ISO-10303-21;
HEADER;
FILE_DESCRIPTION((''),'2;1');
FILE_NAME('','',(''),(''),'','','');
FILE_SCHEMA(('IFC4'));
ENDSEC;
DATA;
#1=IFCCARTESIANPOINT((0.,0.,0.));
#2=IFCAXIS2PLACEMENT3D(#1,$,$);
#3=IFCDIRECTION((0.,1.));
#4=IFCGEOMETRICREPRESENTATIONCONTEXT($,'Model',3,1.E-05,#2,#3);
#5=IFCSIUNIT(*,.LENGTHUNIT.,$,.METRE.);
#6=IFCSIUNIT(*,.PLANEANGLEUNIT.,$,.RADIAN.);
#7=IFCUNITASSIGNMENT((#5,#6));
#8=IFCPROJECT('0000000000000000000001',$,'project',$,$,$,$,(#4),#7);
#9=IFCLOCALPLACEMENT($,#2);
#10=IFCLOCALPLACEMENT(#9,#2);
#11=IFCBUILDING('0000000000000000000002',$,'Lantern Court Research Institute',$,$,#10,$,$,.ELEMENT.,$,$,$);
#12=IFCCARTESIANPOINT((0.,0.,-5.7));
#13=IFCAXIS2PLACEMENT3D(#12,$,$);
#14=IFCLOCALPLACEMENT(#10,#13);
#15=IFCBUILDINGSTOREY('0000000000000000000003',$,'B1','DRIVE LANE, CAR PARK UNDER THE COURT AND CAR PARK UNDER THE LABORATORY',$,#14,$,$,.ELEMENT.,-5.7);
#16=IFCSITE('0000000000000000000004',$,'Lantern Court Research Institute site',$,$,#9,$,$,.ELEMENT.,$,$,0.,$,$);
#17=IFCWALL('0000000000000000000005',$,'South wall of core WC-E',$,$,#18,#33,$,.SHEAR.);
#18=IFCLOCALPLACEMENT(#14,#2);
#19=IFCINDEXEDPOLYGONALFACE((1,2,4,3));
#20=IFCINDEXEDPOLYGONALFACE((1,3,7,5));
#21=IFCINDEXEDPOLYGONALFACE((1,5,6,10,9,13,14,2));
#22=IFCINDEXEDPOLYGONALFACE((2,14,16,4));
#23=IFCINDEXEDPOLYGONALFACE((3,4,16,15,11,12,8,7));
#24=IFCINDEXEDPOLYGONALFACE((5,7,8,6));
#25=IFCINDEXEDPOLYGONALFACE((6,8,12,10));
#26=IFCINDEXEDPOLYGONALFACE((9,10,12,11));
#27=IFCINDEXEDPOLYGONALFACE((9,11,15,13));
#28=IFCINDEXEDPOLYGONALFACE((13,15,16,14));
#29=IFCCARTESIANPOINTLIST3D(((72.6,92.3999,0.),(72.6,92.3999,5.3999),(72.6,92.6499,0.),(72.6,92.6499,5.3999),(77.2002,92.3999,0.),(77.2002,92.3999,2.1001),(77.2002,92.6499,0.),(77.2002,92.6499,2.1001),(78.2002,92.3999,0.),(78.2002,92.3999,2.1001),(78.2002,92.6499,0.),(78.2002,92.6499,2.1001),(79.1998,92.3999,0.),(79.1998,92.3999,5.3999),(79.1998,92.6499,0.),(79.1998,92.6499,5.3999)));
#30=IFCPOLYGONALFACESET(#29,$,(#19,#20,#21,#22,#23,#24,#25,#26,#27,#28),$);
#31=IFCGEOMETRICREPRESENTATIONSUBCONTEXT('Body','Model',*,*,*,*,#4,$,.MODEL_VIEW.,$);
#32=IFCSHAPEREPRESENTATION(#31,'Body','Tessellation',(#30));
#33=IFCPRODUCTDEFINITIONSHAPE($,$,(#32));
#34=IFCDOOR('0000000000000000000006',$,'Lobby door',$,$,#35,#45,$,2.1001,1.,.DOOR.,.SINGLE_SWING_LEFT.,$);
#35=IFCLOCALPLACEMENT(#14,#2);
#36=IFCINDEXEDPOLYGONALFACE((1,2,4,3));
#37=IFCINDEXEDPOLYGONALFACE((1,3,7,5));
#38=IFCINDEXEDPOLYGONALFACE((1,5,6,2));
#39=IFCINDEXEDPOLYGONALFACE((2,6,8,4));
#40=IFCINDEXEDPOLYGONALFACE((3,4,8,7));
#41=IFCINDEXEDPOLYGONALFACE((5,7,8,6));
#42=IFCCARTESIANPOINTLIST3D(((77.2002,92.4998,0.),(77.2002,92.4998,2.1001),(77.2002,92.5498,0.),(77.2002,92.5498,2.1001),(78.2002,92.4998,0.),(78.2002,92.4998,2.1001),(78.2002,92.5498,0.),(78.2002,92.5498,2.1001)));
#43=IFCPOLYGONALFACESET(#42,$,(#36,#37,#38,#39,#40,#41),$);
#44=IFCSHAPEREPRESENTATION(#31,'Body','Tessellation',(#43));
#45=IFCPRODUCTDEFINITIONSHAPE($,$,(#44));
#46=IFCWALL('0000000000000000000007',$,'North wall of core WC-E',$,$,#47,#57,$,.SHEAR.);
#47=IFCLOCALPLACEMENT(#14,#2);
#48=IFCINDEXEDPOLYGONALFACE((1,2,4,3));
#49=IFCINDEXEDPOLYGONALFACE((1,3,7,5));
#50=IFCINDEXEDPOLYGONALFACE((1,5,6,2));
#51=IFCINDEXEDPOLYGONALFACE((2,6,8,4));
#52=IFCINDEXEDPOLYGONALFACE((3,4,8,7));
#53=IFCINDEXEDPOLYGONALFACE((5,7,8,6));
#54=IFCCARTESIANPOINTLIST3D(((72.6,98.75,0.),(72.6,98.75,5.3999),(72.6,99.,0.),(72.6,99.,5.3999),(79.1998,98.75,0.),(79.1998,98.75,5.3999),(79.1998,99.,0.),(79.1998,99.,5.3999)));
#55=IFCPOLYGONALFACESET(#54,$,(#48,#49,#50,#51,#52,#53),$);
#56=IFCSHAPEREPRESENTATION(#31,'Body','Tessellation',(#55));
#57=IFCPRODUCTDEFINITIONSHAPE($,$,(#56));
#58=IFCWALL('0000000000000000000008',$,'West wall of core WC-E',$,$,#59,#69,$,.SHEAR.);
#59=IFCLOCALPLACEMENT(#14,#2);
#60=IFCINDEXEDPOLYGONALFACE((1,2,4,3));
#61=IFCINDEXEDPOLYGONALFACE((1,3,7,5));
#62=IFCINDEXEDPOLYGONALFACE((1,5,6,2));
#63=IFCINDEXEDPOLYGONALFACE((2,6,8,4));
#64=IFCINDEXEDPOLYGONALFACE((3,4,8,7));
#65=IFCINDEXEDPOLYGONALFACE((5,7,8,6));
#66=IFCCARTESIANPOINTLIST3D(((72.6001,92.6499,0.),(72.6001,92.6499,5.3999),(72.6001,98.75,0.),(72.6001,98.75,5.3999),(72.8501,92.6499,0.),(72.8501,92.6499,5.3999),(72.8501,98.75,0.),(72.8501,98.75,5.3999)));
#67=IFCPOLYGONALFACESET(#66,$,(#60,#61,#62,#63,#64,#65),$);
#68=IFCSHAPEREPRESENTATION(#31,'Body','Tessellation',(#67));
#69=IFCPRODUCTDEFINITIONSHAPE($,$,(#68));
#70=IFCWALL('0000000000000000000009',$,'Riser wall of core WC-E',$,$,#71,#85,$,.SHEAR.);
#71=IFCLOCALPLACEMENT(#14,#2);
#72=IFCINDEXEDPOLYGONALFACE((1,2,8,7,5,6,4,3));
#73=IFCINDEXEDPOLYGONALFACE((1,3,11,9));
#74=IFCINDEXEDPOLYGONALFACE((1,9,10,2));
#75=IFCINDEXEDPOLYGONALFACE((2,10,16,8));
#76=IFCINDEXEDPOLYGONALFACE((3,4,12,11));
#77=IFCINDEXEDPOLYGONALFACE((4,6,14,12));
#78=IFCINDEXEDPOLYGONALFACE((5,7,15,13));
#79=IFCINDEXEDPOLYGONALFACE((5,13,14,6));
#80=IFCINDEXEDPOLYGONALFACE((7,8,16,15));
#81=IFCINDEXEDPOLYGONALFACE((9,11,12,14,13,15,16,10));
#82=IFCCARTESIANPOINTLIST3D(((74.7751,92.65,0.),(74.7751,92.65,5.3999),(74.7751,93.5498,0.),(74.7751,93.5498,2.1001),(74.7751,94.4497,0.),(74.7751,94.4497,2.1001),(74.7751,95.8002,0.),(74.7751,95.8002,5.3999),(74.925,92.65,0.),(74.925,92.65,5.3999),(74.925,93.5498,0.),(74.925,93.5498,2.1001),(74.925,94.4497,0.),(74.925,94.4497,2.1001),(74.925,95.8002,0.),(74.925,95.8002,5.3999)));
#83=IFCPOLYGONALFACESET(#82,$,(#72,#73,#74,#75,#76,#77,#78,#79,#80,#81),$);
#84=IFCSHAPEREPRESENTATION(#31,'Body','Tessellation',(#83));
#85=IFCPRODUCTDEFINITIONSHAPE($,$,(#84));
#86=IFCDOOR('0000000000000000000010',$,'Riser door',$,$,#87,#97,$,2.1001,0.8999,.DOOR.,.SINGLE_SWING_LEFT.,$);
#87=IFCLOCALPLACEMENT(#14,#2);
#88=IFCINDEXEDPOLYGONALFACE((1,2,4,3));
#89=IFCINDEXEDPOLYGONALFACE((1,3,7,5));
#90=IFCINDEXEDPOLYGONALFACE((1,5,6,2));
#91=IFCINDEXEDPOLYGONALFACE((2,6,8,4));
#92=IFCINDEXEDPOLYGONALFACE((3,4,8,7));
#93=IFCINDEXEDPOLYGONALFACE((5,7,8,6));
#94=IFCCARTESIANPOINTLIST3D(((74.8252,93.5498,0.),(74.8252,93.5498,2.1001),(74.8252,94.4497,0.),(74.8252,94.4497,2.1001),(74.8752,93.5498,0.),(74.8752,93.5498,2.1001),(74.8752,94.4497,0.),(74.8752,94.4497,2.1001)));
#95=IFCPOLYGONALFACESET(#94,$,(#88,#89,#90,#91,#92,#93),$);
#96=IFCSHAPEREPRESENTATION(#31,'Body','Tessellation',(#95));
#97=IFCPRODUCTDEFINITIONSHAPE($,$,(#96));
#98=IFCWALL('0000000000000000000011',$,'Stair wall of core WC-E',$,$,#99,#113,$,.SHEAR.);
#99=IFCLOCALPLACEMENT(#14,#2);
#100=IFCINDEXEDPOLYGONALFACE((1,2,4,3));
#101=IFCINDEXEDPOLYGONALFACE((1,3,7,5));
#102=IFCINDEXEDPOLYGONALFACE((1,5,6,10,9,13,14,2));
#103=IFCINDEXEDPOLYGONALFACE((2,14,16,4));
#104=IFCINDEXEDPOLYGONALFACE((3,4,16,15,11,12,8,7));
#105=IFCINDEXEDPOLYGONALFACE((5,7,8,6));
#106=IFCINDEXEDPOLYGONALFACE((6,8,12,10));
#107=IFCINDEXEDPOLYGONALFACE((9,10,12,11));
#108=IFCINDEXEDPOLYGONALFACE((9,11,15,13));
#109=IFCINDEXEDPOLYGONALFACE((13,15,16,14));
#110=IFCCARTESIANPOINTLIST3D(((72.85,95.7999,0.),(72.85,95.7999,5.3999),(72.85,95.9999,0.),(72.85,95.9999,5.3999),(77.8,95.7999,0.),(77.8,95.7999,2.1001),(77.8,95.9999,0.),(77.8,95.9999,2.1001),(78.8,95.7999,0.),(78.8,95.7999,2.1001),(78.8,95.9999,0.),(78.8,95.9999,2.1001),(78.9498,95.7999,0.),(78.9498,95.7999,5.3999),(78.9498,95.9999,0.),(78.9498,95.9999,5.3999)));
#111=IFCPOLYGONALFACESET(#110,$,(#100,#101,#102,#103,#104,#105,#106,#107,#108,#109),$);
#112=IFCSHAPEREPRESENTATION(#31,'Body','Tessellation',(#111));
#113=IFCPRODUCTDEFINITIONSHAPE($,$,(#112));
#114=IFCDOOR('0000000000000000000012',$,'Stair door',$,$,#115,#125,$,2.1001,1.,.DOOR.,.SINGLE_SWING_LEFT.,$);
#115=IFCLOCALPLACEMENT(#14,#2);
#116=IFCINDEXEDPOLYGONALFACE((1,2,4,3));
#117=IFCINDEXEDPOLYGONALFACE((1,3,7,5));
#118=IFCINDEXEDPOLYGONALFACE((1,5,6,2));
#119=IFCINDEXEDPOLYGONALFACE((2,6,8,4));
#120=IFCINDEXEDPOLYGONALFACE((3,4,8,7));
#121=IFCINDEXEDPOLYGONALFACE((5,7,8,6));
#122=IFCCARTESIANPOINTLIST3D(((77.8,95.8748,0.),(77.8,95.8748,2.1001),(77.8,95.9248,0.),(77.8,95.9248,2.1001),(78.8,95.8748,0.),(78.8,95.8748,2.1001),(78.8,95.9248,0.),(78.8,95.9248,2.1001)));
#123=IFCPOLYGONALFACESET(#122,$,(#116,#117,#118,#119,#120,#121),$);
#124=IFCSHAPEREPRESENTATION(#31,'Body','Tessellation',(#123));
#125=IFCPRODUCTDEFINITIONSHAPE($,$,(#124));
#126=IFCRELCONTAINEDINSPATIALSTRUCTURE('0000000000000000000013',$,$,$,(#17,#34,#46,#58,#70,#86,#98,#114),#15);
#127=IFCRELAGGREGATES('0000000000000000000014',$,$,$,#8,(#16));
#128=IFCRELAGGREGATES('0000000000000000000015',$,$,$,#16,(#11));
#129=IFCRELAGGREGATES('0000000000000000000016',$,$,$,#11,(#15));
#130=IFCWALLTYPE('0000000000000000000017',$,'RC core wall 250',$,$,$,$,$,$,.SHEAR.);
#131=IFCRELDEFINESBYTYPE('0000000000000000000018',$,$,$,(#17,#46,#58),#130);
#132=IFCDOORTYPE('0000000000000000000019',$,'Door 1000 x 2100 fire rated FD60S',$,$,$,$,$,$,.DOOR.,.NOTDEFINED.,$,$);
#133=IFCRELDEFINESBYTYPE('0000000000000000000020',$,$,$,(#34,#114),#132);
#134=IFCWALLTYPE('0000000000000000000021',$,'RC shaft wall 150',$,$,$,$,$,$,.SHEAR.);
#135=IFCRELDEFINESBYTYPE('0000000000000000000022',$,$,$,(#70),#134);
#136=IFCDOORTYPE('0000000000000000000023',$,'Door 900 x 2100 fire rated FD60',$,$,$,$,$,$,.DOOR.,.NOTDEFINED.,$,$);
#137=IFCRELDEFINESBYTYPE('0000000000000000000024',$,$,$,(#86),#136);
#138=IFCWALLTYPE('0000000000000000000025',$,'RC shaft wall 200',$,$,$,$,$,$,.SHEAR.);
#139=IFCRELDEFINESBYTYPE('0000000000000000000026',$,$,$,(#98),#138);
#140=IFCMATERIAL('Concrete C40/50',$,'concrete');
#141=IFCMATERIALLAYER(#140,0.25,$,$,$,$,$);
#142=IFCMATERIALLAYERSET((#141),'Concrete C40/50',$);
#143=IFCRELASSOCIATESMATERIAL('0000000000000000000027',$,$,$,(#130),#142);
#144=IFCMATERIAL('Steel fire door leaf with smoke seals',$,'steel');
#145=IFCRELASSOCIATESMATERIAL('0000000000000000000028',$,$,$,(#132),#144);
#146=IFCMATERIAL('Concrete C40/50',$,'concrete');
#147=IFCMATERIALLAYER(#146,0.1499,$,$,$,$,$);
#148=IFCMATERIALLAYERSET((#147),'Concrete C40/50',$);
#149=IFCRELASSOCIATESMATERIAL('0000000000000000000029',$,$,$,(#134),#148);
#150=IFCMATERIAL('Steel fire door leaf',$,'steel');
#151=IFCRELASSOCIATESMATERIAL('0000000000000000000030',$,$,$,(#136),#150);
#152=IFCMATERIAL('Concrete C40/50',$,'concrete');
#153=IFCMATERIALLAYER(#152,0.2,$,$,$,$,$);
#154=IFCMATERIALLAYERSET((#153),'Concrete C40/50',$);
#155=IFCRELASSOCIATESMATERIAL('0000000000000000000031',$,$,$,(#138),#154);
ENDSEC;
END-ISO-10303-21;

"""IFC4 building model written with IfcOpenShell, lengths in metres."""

from ifc_helpers import new_model, si_unit, direction, frame, frame_2d, origin, place, context, subcontext, project, spatial, rectangle, extrude, material, layer, layer_set, type_object, element, fill, save


model = new_model("IFC4")

# Units and contexts
model_context = context("Model", 3, precision=1e-05, world=origin(), true_north=direction((0.0, 1.0)))
body_context = subcontext(model_context, "Body", "Model", "MODEL_VIEW")
ifc_project = project(units=[si_unit("LENGTHUNIT", "METRE"), si_unit("PLANEANGLEUNIT", "RADIAN")], contexts=[model_context])

# Site, building, storey
site_placement = place(None, origin())
site = spatial("IfcSite", under=ifc_project, at=site_placement, Name="Lantern Court Research Institute site", CompositionType="ELEMENT", RefElevation=0.0)
building_placement = place(site_placement, origin())
building = spatial("IfcBuilding", under=site, at=building_placement, Name="Lantern Court Research Institute", CompositionType="ELEMENT")
storey_placement = place(building_placement, frame((0.0, 0.0, -5.7)))
storey = spatial("IfcBuildingStorey", under=building, at=storey_placement, Name="B1", Description="DRIVE LANE, CAR PARK UNDER THE COURT AND CAR PARK UNDER THE LABORATORY", CompositionType="ELEMENT", Elevation=-5.7)

# Wall, opening, door
ifc_material_1 = material(Name="Concrete C40/50", Category="concrete")
ifc_layer_1 = layer(ifc_material_1, 0.25)
ifc_layer_set_1 = layer_set([ifc_layer_1], Name="Concrete C40/50")
wall_type_1 = type_object("IfcWallType", Name="RC core wall 250", PredefinedType="SHEAR", material=ifc_layer_set_1)
wall_1_placement = place(storey_placement, frame((72.6001, 92.5249, 0.0), z_axis=(0.0, 0.0, 1.0), x_axis=(1.0, 0.0, 0.0)))
wall_1 = element("IfcWall", 1, at=wall_1_placement, inside=storey, type_object=wall_type_1, Name="South wall of core WC-E", PredefinedType="SHEAR", context=body_context, shape_type="SweptSolid", body=[
    extrude(rectangle(XDim=6.5999, YDim=0.25, at=frame_2d((3.2998, 0.0))), origin(), (0.0, 0.0, 1.0), 5.3999),
])
opening_1_placement = place(wall_1_placement, frame((4.6001, 0.0, 0.0)))
opening_1 = element("IfcOpeningElement", 2, at=opening_1_placement, cuts=wall_1, PredefinedType="OPENING", context=body_context, shape_type="SweptSolid", body=[
    extrude(rectangle(XDim=1.0, YDim=2.1001, at=frame_2d((0.5, 1.05))), frame((0.0, 0.135, 0.0), z_axis=(0.0, -1.0, 0.0), x_axis=(1.0, 0.0, 0.0)), (0.0, 0.0, 1.0), 0.27),
])
ifc_material_2 = material(Name="Steel fire door leaf with smoke seals", Category="steel")
door_type_1 = type_object("IfcDoorType", Name="Door 1000 x 2100 fire rated FD60S", OperationType="NOTDEFINED", PredefinedType="DOOR", material=ifc_material_2)
door_1_placement = place(opening_1_placement, origin())
door_1 = element("IfcDoor", 3, at=door_1_placement, inside=storey, type_object=door_type_1, Name="Lobby door", OperationType="SINGLE_SWING_LEFT", OverallHeight=2.1001, OverallWidth=1.0, PredefinedType="DOOR", context=body_context, shape_type="SweptSolid", body=[
    extrude(rectangle(XDim=1.0, YDim=2.1001, at=frame_2d((0.5, 1.05))), frame((0.0, 0.0249, 0.0), z_axis=(0.0, -1.0, 0.0), x_axis=(1.0, 0.0, 0.0)), (0.0, 0.0, 1.0), 0.05),
])
fill(opening_1, door_1)

# Walls
wall_2_placement = place(storey_placement, frame((72.6001, 98.875, 0.0), z_axis=(0.0, 0.0, 1.0), x_axis=(1.0, 0.0, 0.0)))
element("IfcWall", 4, at=wall_2_placement, inside=storey, type_object=wall_type_1, Name="North wall of core WC-E", PredefinedType="SHEAR", context=body_context, shape_type="SweptSolid", body=[
    extrude(rectangle(XDim=6.5999, YDim=0.25, at=frame_2d((3.2998, 0.0))), origin(), (0.0, 0.0, 1.0), 5.3999),
])
wall_3_placement = place(storey_placement, frame((72.7251, 92.6499, 0.0), z_axis=(0.0, 0.0, 1.0), x_axis=(0.0, 1.0, 0.0)))
element("IfcWall", 5, at=wall_3_placement, inside=storey, type_object=wall_type_1, Name="West wall of core WC-E", PredefinedType="SHEAR", context=body_context, shape_type="SweptSolid", body=[
    extrude(rectangle(XDim=6.1001, YDim=0.25, at=frame_2d((3.05, 0.0))), origin(), (0.0, 0.0, 1.0), 5.3999),
])

# Walls, openings, doors
ifc_material_3 = material(Name="Concrete C40/50", Category="concrete")
ifc_layer_2 = layer(ifc_material_3, 0.1499)
ifc_layer_set_2 = layer_set([ifc_layer_2], Name="Concrete C40/50")
wall_type_2 = type_object("IfcWallType", Name="RC shaft wall 150", PredefinedType="SHEAR", material=ifc_layer_set_2)
wall_4_placement = place(storey_placement, frame((74.8501, 92.6499, 0.0), z_axis=(0.0, 0.0, 1.0), x_axis=(0.0, 1.0, 0.0)))
wall_4 = element("IfcWall", 6, at=wall_4_placement, inside=storey, type_object=wall_type_2, Name="Riser wall of core WC-E", PredefinedType="SHEAR", context=body_context, shape_type="SweptSolid", body=[
    extrude(rectangle(XDim=3.1501, YDim=0.1499, at=frame_2d((1.5752, 0.0))), origin(), (0.0, 0.0, 1.0), 5.3999),
])
opening_2_placement = place(wall_4_placement, frame((0.8999, 0.0, 0.0)))
opening_2 = element("IfcOpeningElement", 7, at=opening_2_placement, cuts=wall_4, PredefinedType="OPENING", context=body_context, shape_type="SweptSolid", body=[
    extrude(rectangle(XDim=0.8999, YDim=2.1001, at=frame_2d((0.45, 1.05))), frame((0.0, 0.085, 0.0), z_axis=(0.0, -1.0, 0.0), x_axis=(1.0, 0.0, 0.0)), (0.0, 0.0, 1.0), 0.1699),
])
ifc_material_4 = material(Name="Steel fire door leaf", Category="steel")
door_type_2 = type_object("IfcDoorType", Name="Door 900 x 2100 fire rated FD60", OperationType="NOTDEFINED", PredefinedType="DOOR", material=ifc_material_4)
door_2_placement = place(opening_2_placement, origin())
door_2 = element("IfcDoor", 8, at=door_2_placement, inside=storey, type_object=door_type_2, Name="Riser door", OperationType="SINGLE_SWING_LEFT", OverallHeight=2.1001, OverallWidth=0.8999, PredefinedType="DOOR", context=body_context, shape_type="SweptSolid", body=[
    extrude(rectangle(XDim=0.8999, YDim=2.1001, at=frame_2d((0.45, 1.05))), frame((0.0, 0.0249, 0.0), z_axis=(0.0, -1.0, 0.0), x_axis=(1.0, 0.0, 0.0)), (0.0, 0.0, 1.0), 0.05),
])
fill(opening_2, door_2)
ifc_material_5 = material(Name="Concrete C40/50", Category="concrete")
ifc_layer_3 = layer(ifc_material_5, 0.2)
ifc_layer_set_3 = layer_set([ifc_layer_3], Name="Concrete C40/50")
wall_type_3 = type_object("IfcWallType", Name="RC shaft wall 200", PredefinedType="SHEAR", material=ifc_layer_set_3)
wall_5_placement = place(storey_placement, frame((72.8501, 95.8999, 0.0), z_axis=(0.0, 0.0, 1.0), x_axis=(1.0, 0.0, 0.0)))
wall_5 = element("IfcWall", 9, at=wall_5_placement, inside=storey, type_object=wall_type_3, Name="Stair wall of core WC-E", PredefinedType="SHEAR", context=body_context, shape_type="SweptSolid", body=[
    extrude(rectangle(XDim=6.0999, YDim=0.2, at=frame_2d((3.0498, 0.0))), origin(), (0.0, 0.0, 1.0), 5.3999),
])
opening_3_placement = place(wall_5_placement, frame((4.95, 0.0, 0.0)))
opening_3 = element("IfcOpeningElement", 10, at=opening_3_placement, cuts=wall_5, PredefinedType="OPENING", context=body_context, shape_type="SweptSolid", body=[
    extrude(rectangle(XDim=1.0, YDim=2.1001, at=frame_2d((0.5, 1.05))), frame((0.0, 0.1099, 0.0), z_axis=(0.0, -1.0, 0.0), x_axis=(1.0, 0.0, 0.0)), (0.0, 0.0, 1.0), 0.22),
])
door_3_placement = place(opening_3_placement, origin())
door_3 = element("IfcDoor", 11, at=door_3_placement, inside=storey, type_object=door_type_1, Name="Stair door", OperationType="SINGLE_SWING_LEFT", OverallHeight=2.1001, OverallWidth=1.0, PredefinedType="DOOR", context=body_context, shape_type="SweptSolid", body=[
    extrude(rectangle(XDim=1.0, YDim=2.1001, at=frame_2d((0.5, 1.05))), frame((0.0, 0.0249, 0.0), z_axis=(0.0, -1.0, 0.0), x_axis=(1.0, 0.0, 0.0)), (0.0, 0.0, 1.0), 0.05),
])
fill(opening_3, door_3)

save(model, "model.ifc")
